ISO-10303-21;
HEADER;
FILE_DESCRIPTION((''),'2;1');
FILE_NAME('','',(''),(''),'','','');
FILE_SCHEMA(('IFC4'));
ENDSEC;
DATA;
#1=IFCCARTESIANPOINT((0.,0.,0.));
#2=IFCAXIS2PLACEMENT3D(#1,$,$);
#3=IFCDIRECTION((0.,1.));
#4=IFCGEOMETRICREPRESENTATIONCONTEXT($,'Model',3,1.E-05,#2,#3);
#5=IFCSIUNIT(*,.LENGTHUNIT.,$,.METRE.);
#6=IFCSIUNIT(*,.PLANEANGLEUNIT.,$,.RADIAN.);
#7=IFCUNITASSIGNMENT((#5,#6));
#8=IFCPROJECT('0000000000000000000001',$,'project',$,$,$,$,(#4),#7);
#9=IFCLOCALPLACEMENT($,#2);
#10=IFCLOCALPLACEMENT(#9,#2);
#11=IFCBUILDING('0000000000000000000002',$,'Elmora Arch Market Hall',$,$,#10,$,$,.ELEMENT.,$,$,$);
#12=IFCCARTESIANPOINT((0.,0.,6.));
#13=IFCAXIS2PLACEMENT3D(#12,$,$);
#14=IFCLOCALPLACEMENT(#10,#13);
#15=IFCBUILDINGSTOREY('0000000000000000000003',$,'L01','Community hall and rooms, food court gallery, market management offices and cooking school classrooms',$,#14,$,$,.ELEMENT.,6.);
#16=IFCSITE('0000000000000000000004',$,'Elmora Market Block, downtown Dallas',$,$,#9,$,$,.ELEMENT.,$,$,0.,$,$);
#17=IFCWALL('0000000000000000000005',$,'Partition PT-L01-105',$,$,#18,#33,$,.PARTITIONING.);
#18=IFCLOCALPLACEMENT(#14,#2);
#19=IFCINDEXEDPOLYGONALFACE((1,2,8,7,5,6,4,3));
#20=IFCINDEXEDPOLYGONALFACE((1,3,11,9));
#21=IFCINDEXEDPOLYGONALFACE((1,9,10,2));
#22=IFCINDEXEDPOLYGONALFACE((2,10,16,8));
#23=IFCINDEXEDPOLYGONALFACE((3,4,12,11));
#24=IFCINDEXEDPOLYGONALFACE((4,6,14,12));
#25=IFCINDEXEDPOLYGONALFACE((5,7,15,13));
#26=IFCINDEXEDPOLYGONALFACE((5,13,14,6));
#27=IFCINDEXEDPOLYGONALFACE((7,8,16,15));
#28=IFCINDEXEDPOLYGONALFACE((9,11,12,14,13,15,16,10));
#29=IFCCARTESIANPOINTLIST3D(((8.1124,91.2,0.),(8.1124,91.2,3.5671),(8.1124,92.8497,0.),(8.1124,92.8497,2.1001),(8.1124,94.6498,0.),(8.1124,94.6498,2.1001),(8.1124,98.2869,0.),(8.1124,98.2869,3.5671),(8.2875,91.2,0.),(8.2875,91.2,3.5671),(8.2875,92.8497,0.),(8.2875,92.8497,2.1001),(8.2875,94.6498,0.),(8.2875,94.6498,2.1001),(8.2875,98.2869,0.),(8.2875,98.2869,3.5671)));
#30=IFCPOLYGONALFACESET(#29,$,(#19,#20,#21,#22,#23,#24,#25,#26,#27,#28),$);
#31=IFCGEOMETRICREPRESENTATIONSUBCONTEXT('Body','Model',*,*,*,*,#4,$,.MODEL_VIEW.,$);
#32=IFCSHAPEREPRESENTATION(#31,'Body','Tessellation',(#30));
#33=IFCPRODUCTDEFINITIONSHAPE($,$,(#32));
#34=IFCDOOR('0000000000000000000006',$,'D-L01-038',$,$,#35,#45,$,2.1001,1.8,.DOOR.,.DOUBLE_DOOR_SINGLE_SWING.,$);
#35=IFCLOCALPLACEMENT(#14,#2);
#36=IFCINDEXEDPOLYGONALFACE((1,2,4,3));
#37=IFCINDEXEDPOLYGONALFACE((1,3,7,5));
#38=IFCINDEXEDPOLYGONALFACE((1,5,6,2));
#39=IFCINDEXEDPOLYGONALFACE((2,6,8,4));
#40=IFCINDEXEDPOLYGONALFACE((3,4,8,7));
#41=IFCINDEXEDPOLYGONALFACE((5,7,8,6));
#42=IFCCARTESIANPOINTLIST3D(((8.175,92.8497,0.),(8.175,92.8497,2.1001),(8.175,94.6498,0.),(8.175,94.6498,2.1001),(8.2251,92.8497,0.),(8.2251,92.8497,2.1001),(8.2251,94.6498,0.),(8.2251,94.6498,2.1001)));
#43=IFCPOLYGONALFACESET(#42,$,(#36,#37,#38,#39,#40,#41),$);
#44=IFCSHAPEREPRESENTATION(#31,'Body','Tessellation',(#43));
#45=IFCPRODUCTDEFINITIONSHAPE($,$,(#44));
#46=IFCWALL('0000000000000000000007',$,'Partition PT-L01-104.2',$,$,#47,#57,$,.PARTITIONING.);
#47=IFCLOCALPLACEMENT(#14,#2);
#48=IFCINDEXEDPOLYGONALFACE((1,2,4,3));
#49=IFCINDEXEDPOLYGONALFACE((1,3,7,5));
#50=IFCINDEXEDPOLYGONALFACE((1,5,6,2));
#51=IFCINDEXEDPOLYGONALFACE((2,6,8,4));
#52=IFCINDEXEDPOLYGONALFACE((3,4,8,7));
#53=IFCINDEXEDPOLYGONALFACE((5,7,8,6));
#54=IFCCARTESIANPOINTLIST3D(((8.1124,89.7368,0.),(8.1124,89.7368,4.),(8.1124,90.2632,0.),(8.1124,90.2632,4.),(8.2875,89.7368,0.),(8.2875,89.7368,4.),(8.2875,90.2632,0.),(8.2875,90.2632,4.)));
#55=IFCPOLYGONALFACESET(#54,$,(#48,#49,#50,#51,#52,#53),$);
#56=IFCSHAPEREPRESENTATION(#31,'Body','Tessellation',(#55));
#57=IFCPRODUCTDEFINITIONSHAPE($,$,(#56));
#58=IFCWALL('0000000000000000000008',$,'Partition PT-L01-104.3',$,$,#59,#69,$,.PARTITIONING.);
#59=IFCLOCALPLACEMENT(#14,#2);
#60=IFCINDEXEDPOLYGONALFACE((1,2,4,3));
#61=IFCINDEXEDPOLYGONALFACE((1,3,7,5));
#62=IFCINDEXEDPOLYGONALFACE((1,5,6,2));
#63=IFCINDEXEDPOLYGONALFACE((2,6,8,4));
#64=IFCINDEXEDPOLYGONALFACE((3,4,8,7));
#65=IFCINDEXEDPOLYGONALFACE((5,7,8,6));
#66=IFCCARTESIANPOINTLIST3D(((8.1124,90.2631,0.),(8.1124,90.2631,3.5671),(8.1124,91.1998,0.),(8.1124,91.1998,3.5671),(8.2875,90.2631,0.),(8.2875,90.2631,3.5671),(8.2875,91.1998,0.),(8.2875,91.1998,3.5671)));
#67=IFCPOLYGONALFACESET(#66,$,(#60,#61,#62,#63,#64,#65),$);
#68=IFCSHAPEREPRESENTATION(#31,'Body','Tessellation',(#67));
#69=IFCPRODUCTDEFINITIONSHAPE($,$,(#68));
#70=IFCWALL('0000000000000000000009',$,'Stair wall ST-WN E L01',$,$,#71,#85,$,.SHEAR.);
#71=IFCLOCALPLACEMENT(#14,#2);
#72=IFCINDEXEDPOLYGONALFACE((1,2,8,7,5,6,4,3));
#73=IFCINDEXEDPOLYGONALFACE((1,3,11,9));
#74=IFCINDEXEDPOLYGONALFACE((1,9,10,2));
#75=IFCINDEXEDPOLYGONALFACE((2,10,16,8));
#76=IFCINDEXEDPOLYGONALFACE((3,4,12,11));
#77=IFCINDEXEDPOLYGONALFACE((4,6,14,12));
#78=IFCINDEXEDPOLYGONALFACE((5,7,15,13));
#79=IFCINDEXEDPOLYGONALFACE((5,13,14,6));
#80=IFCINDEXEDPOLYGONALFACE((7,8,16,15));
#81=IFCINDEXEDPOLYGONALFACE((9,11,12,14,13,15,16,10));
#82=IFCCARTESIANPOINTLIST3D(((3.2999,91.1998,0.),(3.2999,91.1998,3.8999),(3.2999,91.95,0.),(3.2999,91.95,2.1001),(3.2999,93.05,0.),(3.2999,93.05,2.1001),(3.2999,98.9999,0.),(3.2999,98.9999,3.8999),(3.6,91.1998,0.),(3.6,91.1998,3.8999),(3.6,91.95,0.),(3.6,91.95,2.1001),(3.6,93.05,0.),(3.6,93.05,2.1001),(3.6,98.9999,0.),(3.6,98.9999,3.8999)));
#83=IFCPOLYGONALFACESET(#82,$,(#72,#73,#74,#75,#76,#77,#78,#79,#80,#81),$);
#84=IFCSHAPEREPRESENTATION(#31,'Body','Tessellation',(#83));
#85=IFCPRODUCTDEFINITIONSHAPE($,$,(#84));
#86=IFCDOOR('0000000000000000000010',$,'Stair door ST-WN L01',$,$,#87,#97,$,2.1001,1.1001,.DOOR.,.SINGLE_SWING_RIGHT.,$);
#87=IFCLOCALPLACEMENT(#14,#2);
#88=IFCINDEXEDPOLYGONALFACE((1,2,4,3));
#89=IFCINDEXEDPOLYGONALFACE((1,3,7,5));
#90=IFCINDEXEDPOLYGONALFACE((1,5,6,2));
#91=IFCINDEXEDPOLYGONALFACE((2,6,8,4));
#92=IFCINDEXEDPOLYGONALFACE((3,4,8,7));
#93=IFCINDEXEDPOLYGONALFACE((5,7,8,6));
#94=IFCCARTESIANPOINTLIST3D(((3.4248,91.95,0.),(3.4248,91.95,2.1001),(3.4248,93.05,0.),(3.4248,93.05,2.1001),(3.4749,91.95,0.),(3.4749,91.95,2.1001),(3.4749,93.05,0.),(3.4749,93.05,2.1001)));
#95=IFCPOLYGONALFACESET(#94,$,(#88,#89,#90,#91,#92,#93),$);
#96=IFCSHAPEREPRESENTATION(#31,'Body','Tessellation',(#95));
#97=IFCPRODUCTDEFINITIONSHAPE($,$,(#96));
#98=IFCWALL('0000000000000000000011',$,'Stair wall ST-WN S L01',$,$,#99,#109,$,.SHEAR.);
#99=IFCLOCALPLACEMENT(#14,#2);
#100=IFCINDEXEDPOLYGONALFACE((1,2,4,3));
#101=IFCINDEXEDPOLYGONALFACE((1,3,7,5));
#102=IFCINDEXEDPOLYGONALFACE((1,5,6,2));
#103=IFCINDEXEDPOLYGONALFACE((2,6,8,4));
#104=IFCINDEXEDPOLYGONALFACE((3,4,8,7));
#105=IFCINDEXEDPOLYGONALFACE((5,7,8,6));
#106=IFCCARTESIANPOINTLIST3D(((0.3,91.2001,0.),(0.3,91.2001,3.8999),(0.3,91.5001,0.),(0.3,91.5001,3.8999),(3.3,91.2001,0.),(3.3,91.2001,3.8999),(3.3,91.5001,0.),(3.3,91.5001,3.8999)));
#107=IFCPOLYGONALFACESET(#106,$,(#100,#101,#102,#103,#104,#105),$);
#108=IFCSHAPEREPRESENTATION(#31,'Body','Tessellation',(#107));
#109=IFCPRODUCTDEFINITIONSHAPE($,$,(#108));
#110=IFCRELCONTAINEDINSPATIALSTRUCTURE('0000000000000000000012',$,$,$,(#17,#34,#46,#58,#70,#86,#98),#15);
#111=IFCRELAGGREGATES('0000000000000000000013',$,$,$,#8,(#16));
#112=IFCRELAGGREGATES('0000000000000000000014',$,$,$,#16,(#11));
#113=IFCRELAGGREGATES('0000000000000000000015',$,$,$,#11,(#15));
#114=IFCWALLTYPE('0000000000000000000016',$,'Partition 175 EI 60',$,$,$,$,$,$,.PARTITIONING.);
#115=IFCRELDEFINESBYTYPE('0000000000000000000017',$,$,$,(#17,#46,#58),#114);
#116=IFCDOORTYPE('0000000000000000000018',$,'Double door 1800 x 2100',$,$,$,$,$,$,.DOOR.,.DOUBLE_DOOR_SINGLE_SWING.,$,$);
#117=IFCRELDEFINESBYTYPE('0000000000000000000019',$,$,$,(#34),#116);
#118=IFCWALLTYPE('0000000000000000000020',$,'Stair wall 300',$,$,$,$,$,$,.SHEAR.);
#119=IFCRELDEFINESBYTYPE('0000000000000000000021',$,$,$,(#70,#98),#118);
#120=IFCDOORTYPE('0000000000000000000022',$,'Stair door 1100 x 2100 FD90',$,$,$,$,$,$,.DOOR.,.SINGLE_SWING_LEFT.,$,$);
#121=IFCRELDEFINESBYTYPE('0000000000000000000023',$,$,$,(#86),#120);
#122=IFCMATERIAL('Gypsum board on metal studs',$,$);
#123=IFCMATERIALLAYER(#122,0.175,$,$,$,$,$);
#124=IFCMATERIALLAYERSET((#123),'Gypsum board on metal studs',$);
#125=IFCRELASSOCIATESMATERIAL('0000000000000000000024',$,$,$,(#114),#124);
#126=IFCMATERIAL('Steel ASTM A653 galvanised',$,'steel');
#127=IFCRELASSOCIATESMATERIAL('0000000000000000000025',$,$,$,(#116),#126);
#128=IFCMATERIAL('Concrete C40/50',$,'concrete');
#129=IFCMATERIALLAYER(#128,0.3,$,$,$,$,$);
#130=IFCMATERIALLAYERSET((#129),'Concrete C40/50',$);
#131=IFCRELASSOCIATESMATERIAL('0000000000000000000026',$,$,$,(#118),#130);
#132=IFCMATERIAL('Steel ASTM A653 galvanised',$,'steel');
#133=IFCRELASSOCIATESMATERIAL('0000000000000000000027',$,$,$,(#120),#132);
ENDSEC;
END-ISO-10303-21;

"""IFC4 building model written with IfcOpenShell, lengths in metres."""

from ifc_helpers import new_model, si_unit, direction, frame, frame_2d, origin, place, context, subcontext, project, spatial, rectangle, extrude, material, layer, layer_set, type_object, element, fill, save


model = new_model("IFC4")

# Units and contexts
model_context = context("Model", 3, precision=1e-05, world=origin(), true_north=direction((0.0, 1.0)))
body_context = subcontext(model_context, "Body", "Model", "MODEL_VIEW")
ifc_project = project(units=[si_unit("LENGTHUNIT", "METRE"), si_unit("PLANEANGLEUNIT", "RADIAN")], contexts=[model_context])

# Site, building, storey
site_placement = place(None, origin())
site = spatial("IfcSite", under=ifc_project, at=site_placement, Name="Elmora Market Block, downtown Dallas", CompositionType="ELEMENT", RefElevation=0.0)
building_placement = place(site_placement, origin())
building = spatial("IfcBuilding", under=site, at=building_placement, Name="Elmora Arch Market Hall", CompositionType="ELEMENT")
storey_placement = place(building_placement, frame((0.0, 0.0, 6.0)))
storey = spatial("IfcBuildingStorey", under=building, at=storey_placement, Name="L01", Description="Community hall and rooms, food court gallery, market management offices and cooking school classrooms", CompositionType="ELEMENT", Elevation=6.0)

# Shared definitions
ifc_material_1 = material(Name="Gypsum board on metal studs")
ifc_layer_1 = layer(ifc_material_1, 0.175)
ifc_layer_set_1 = layer_set([ifc_layer_1], Name="Gypsum board on metal studs")
wall_type_1 = type_object("IfcWallType", Name="Partition 175 EI 60", PredefinedType="PARTITIONING", material=ifc_layer_set_1)

# Wall, opening, door
wall_1_placement = place(storey_placement, frame((8.2, 91.2, 0.0), z_axis=(0.0, 0.0, 1.0), x_axis=(0.0, 1.0, 0.0)))
wall_1 = element("IfcWall", 1, at=wall_1_placement, inside=storey, type_object=wall_type_1, Name="Partition PT-L01-105", PredefinedType="PARTITIONING", context=body_context, shape_type="SweptSolid", body=[
    extrude(rectangle(XDim=7.0869, YDim=0.175, at=frame_2d((3.5435, 0.0))), origin(), (0.0, 0.0, 1.0), 3.5671),
])
opening_1_placement = place(wall_1_placement, frame((1.6499, 0.0, 0.0)))
opening_1 = element("IfcOpeningElement", 2, at=opening_1_placement, cuts=wall_1, PredefinedType="OPENING", context=body_context, shape_type="SweptSolid", body=[
    extrude(rectangle(XDim=1.8, YDim=2.1001, at=frame_2d((0.8999, 1.05))), frame((0.0, 0.0974, 0.0), z_axis=(0.0, -1.0, 0.0), x_axis=(1.0, 0.0, 0.0)), (0.0, 0.0, 1.0), 0.1951),
])
ifc_material_2 = material(Name="Steel ASTM A653 galvanised", Category="steel")
door_type_1 = type_object("IfcDoorType", Name="Double door 1800 x 2100", OperationType="DOUBLE_DOOR_SINGLE_SWING", PredefinedType="DOOR", material=ifc_material_2)
door_1_placement = place(opening_1_placement, origin())
door_1 = element("IfcDoor", 3, at=door_1_placement, inside=storey, type_object=door_type_1, Name="D-L01-038", OperationType="DOUBLE_DOOR_SINGLE_SWING", OverallHeight=2.1001, OverallWidth=1.8, PredefinedType="DOOR", context=body_context, shape_type="SweptSolid", body=[
    extrude(rectangle(XDim=1.8, YDim=2.1001, at=frame_2d((0.8999, 1.05))), frame((0.0, 0.0249, 0.0), z_axis=(0.0, -1.0, 0.0), x_axis=(1.0, 0.0, 0.0)), (0.0, 0.0, 1.0), 0.05),
])
fill(opening_1, door_1)

# Walls
wall_2_placement = place(storey_placement, frame((8.2, 89.7368, 0.0), z_axis=(0.0, 0.0, 1.0), x_axis=(0.0, 1.0, 0.0)))
element("IfcWall", 4, at=wall_2_placement, inside=storey, type_object=wall_type_1, Name="Partition PT-L01-104.2", PredefinedType="PARTITIONING", context=body_context, shape_type="SweptSolid", body=[
    extrude(rectangle(XDim=0.5264, YDim=0.175, at=frame_2d((0.2632, 0.0))), origin(), (0.0, 0.0, 1.0), 4.0),
])
wall_3_placement = place(storey_placement, frame((8.2, 90.2632, 0.0), z_axis=(0.0, 0.0, 1.0), x_axis=(0.0, 1.0, 0.0)))
element("IfcWall", 5, at=wall_3_placement, inside=storey, type_object=wall_type_1, Name="Partition PT-L01-104.3", PredefinedType="PARTITIONING", context=body_context, shape_type="SweptSolid", body=[
    extrude(rectangle(XDim=0.9368, YDim=0.175, at=frame_2d((0.4683, 0.0))), origin(), (0.0, 0.0, 1.0), 3.5671),
])

# Wall, opening, door
ifc_material_3 = material(Name="Concrete C40/50", Category="concrete")
ifc_layer_2 = layer(ifc_material_3, 0.3)
ifc_layer_set_2 = layer_set([ifc_layer_2], Name="Concrete C40/50")
wall_type_2 = type_object("IfcWallType", Name="Stair wall 300", PredefinedType="SHEAR", material=ifc_layer_set_2)
wall_4_placement = place(storey_placement, frame((3.45, 91.2, 0.0), z_axis=(0.0, 0.0, 1.0), x_axis=(0.0, 1.0, 0.0)))
wall_4 = element("IfcWall", 6, at=wall_4_placement, inside=storey, type_object=wall_type_2, Name="Stair wall ST-WN E L01", PredefinedType="SHEAR", context=body_context, shape_type="SweptSolid", body=[
    extrude(rectangle(XDim=7.8, YDim=0.3, at=frame_2d((3.8999, 0.0))), origin(), (0.0, 0.0, 1.0), 3.8999),
])
opening_2_placement = place(wall_4_placement, frame((0.75, 0.0, 0.0)))
opening_2 = element("IfcOpeningElement", 7, at=opening_2_placement, cuts=wall_4, PredefinedType="OPENING", context=body_context, shape_type="SweptSolid", body=[
    extrude(rectangle(XDim=1.1001, YDim=2.1001, at=frame_2d((0.55, 1.05))), frame((0.0, 0.1599, 0.0), z_axis=(0.0, -1.0, 0.0), x_axis=(1.0, 0.0, 0.0)), (0.0, 0.0, 1.0), 0.3201),
])
ifc_material_4 = material(Name="Steel ASTM A653 galvanised", Category="steel")
door_type_2 = type_object("IfcDoorType", Name="Stair door 1100 x 2100 FD90", OperationType="SINGLE_SWING_LEFT", PredefinedType="DOOR", material=ifc_material_4)
door_2_placement = place(opening_2_placement, frame((1.1001, 0.0, 0.0), z_axis=(0.0, 0.0, 1.0), x_axis=(-1.0, 0.0, 0.0)))
door_2 = element("IfcDoor", 8, at=door_2_placement, inside=storey, type_object=door_type_2, Name="Stair door ST-WN L01", OperationType="SINGLE_SWING_RIGHT", OverallHeight=2.1001, OverallWidth=1.1001, PredefinedType="DOOR", context=body_context, shape_type="SweptSolid", body=[
    extrude(rectangle(XDim=1.1001, YDim=2.1001, at=frame_2d((0.55, 1.05))), frame((0.0, 0.0249, 0.0), z_axis=(0.0, -1.0, 0.0), x_axis=(1.0, 0.0, 0.0)), (0.0, 0.0, 1.0), 0.05),
])
fill(opening_2, door_2)

# Wall
wall_5_placement = place(storey_placement, frame((0.3, 91.3501, 0.0), z_axis=(0.0, 0.0, 1.0), x_axis=(1.0, 0.0, 0.0)))
element("IfcWall", 9, at=wall_5_placement, inside=storey, type_object=wall_type_2, Name="Stair wall ST-WN S L01", PredefinedType="SHEAR", context=body_context, shape_type="SweptSolid", body=[
    extrude(rectangle(XDim=3.0, YDim=0.3, at=frame_2d((1.5, 0.0))), origin(), (0.0, 0.0, 1.0), 3.8999),
])

save(model, "model.ifc")
